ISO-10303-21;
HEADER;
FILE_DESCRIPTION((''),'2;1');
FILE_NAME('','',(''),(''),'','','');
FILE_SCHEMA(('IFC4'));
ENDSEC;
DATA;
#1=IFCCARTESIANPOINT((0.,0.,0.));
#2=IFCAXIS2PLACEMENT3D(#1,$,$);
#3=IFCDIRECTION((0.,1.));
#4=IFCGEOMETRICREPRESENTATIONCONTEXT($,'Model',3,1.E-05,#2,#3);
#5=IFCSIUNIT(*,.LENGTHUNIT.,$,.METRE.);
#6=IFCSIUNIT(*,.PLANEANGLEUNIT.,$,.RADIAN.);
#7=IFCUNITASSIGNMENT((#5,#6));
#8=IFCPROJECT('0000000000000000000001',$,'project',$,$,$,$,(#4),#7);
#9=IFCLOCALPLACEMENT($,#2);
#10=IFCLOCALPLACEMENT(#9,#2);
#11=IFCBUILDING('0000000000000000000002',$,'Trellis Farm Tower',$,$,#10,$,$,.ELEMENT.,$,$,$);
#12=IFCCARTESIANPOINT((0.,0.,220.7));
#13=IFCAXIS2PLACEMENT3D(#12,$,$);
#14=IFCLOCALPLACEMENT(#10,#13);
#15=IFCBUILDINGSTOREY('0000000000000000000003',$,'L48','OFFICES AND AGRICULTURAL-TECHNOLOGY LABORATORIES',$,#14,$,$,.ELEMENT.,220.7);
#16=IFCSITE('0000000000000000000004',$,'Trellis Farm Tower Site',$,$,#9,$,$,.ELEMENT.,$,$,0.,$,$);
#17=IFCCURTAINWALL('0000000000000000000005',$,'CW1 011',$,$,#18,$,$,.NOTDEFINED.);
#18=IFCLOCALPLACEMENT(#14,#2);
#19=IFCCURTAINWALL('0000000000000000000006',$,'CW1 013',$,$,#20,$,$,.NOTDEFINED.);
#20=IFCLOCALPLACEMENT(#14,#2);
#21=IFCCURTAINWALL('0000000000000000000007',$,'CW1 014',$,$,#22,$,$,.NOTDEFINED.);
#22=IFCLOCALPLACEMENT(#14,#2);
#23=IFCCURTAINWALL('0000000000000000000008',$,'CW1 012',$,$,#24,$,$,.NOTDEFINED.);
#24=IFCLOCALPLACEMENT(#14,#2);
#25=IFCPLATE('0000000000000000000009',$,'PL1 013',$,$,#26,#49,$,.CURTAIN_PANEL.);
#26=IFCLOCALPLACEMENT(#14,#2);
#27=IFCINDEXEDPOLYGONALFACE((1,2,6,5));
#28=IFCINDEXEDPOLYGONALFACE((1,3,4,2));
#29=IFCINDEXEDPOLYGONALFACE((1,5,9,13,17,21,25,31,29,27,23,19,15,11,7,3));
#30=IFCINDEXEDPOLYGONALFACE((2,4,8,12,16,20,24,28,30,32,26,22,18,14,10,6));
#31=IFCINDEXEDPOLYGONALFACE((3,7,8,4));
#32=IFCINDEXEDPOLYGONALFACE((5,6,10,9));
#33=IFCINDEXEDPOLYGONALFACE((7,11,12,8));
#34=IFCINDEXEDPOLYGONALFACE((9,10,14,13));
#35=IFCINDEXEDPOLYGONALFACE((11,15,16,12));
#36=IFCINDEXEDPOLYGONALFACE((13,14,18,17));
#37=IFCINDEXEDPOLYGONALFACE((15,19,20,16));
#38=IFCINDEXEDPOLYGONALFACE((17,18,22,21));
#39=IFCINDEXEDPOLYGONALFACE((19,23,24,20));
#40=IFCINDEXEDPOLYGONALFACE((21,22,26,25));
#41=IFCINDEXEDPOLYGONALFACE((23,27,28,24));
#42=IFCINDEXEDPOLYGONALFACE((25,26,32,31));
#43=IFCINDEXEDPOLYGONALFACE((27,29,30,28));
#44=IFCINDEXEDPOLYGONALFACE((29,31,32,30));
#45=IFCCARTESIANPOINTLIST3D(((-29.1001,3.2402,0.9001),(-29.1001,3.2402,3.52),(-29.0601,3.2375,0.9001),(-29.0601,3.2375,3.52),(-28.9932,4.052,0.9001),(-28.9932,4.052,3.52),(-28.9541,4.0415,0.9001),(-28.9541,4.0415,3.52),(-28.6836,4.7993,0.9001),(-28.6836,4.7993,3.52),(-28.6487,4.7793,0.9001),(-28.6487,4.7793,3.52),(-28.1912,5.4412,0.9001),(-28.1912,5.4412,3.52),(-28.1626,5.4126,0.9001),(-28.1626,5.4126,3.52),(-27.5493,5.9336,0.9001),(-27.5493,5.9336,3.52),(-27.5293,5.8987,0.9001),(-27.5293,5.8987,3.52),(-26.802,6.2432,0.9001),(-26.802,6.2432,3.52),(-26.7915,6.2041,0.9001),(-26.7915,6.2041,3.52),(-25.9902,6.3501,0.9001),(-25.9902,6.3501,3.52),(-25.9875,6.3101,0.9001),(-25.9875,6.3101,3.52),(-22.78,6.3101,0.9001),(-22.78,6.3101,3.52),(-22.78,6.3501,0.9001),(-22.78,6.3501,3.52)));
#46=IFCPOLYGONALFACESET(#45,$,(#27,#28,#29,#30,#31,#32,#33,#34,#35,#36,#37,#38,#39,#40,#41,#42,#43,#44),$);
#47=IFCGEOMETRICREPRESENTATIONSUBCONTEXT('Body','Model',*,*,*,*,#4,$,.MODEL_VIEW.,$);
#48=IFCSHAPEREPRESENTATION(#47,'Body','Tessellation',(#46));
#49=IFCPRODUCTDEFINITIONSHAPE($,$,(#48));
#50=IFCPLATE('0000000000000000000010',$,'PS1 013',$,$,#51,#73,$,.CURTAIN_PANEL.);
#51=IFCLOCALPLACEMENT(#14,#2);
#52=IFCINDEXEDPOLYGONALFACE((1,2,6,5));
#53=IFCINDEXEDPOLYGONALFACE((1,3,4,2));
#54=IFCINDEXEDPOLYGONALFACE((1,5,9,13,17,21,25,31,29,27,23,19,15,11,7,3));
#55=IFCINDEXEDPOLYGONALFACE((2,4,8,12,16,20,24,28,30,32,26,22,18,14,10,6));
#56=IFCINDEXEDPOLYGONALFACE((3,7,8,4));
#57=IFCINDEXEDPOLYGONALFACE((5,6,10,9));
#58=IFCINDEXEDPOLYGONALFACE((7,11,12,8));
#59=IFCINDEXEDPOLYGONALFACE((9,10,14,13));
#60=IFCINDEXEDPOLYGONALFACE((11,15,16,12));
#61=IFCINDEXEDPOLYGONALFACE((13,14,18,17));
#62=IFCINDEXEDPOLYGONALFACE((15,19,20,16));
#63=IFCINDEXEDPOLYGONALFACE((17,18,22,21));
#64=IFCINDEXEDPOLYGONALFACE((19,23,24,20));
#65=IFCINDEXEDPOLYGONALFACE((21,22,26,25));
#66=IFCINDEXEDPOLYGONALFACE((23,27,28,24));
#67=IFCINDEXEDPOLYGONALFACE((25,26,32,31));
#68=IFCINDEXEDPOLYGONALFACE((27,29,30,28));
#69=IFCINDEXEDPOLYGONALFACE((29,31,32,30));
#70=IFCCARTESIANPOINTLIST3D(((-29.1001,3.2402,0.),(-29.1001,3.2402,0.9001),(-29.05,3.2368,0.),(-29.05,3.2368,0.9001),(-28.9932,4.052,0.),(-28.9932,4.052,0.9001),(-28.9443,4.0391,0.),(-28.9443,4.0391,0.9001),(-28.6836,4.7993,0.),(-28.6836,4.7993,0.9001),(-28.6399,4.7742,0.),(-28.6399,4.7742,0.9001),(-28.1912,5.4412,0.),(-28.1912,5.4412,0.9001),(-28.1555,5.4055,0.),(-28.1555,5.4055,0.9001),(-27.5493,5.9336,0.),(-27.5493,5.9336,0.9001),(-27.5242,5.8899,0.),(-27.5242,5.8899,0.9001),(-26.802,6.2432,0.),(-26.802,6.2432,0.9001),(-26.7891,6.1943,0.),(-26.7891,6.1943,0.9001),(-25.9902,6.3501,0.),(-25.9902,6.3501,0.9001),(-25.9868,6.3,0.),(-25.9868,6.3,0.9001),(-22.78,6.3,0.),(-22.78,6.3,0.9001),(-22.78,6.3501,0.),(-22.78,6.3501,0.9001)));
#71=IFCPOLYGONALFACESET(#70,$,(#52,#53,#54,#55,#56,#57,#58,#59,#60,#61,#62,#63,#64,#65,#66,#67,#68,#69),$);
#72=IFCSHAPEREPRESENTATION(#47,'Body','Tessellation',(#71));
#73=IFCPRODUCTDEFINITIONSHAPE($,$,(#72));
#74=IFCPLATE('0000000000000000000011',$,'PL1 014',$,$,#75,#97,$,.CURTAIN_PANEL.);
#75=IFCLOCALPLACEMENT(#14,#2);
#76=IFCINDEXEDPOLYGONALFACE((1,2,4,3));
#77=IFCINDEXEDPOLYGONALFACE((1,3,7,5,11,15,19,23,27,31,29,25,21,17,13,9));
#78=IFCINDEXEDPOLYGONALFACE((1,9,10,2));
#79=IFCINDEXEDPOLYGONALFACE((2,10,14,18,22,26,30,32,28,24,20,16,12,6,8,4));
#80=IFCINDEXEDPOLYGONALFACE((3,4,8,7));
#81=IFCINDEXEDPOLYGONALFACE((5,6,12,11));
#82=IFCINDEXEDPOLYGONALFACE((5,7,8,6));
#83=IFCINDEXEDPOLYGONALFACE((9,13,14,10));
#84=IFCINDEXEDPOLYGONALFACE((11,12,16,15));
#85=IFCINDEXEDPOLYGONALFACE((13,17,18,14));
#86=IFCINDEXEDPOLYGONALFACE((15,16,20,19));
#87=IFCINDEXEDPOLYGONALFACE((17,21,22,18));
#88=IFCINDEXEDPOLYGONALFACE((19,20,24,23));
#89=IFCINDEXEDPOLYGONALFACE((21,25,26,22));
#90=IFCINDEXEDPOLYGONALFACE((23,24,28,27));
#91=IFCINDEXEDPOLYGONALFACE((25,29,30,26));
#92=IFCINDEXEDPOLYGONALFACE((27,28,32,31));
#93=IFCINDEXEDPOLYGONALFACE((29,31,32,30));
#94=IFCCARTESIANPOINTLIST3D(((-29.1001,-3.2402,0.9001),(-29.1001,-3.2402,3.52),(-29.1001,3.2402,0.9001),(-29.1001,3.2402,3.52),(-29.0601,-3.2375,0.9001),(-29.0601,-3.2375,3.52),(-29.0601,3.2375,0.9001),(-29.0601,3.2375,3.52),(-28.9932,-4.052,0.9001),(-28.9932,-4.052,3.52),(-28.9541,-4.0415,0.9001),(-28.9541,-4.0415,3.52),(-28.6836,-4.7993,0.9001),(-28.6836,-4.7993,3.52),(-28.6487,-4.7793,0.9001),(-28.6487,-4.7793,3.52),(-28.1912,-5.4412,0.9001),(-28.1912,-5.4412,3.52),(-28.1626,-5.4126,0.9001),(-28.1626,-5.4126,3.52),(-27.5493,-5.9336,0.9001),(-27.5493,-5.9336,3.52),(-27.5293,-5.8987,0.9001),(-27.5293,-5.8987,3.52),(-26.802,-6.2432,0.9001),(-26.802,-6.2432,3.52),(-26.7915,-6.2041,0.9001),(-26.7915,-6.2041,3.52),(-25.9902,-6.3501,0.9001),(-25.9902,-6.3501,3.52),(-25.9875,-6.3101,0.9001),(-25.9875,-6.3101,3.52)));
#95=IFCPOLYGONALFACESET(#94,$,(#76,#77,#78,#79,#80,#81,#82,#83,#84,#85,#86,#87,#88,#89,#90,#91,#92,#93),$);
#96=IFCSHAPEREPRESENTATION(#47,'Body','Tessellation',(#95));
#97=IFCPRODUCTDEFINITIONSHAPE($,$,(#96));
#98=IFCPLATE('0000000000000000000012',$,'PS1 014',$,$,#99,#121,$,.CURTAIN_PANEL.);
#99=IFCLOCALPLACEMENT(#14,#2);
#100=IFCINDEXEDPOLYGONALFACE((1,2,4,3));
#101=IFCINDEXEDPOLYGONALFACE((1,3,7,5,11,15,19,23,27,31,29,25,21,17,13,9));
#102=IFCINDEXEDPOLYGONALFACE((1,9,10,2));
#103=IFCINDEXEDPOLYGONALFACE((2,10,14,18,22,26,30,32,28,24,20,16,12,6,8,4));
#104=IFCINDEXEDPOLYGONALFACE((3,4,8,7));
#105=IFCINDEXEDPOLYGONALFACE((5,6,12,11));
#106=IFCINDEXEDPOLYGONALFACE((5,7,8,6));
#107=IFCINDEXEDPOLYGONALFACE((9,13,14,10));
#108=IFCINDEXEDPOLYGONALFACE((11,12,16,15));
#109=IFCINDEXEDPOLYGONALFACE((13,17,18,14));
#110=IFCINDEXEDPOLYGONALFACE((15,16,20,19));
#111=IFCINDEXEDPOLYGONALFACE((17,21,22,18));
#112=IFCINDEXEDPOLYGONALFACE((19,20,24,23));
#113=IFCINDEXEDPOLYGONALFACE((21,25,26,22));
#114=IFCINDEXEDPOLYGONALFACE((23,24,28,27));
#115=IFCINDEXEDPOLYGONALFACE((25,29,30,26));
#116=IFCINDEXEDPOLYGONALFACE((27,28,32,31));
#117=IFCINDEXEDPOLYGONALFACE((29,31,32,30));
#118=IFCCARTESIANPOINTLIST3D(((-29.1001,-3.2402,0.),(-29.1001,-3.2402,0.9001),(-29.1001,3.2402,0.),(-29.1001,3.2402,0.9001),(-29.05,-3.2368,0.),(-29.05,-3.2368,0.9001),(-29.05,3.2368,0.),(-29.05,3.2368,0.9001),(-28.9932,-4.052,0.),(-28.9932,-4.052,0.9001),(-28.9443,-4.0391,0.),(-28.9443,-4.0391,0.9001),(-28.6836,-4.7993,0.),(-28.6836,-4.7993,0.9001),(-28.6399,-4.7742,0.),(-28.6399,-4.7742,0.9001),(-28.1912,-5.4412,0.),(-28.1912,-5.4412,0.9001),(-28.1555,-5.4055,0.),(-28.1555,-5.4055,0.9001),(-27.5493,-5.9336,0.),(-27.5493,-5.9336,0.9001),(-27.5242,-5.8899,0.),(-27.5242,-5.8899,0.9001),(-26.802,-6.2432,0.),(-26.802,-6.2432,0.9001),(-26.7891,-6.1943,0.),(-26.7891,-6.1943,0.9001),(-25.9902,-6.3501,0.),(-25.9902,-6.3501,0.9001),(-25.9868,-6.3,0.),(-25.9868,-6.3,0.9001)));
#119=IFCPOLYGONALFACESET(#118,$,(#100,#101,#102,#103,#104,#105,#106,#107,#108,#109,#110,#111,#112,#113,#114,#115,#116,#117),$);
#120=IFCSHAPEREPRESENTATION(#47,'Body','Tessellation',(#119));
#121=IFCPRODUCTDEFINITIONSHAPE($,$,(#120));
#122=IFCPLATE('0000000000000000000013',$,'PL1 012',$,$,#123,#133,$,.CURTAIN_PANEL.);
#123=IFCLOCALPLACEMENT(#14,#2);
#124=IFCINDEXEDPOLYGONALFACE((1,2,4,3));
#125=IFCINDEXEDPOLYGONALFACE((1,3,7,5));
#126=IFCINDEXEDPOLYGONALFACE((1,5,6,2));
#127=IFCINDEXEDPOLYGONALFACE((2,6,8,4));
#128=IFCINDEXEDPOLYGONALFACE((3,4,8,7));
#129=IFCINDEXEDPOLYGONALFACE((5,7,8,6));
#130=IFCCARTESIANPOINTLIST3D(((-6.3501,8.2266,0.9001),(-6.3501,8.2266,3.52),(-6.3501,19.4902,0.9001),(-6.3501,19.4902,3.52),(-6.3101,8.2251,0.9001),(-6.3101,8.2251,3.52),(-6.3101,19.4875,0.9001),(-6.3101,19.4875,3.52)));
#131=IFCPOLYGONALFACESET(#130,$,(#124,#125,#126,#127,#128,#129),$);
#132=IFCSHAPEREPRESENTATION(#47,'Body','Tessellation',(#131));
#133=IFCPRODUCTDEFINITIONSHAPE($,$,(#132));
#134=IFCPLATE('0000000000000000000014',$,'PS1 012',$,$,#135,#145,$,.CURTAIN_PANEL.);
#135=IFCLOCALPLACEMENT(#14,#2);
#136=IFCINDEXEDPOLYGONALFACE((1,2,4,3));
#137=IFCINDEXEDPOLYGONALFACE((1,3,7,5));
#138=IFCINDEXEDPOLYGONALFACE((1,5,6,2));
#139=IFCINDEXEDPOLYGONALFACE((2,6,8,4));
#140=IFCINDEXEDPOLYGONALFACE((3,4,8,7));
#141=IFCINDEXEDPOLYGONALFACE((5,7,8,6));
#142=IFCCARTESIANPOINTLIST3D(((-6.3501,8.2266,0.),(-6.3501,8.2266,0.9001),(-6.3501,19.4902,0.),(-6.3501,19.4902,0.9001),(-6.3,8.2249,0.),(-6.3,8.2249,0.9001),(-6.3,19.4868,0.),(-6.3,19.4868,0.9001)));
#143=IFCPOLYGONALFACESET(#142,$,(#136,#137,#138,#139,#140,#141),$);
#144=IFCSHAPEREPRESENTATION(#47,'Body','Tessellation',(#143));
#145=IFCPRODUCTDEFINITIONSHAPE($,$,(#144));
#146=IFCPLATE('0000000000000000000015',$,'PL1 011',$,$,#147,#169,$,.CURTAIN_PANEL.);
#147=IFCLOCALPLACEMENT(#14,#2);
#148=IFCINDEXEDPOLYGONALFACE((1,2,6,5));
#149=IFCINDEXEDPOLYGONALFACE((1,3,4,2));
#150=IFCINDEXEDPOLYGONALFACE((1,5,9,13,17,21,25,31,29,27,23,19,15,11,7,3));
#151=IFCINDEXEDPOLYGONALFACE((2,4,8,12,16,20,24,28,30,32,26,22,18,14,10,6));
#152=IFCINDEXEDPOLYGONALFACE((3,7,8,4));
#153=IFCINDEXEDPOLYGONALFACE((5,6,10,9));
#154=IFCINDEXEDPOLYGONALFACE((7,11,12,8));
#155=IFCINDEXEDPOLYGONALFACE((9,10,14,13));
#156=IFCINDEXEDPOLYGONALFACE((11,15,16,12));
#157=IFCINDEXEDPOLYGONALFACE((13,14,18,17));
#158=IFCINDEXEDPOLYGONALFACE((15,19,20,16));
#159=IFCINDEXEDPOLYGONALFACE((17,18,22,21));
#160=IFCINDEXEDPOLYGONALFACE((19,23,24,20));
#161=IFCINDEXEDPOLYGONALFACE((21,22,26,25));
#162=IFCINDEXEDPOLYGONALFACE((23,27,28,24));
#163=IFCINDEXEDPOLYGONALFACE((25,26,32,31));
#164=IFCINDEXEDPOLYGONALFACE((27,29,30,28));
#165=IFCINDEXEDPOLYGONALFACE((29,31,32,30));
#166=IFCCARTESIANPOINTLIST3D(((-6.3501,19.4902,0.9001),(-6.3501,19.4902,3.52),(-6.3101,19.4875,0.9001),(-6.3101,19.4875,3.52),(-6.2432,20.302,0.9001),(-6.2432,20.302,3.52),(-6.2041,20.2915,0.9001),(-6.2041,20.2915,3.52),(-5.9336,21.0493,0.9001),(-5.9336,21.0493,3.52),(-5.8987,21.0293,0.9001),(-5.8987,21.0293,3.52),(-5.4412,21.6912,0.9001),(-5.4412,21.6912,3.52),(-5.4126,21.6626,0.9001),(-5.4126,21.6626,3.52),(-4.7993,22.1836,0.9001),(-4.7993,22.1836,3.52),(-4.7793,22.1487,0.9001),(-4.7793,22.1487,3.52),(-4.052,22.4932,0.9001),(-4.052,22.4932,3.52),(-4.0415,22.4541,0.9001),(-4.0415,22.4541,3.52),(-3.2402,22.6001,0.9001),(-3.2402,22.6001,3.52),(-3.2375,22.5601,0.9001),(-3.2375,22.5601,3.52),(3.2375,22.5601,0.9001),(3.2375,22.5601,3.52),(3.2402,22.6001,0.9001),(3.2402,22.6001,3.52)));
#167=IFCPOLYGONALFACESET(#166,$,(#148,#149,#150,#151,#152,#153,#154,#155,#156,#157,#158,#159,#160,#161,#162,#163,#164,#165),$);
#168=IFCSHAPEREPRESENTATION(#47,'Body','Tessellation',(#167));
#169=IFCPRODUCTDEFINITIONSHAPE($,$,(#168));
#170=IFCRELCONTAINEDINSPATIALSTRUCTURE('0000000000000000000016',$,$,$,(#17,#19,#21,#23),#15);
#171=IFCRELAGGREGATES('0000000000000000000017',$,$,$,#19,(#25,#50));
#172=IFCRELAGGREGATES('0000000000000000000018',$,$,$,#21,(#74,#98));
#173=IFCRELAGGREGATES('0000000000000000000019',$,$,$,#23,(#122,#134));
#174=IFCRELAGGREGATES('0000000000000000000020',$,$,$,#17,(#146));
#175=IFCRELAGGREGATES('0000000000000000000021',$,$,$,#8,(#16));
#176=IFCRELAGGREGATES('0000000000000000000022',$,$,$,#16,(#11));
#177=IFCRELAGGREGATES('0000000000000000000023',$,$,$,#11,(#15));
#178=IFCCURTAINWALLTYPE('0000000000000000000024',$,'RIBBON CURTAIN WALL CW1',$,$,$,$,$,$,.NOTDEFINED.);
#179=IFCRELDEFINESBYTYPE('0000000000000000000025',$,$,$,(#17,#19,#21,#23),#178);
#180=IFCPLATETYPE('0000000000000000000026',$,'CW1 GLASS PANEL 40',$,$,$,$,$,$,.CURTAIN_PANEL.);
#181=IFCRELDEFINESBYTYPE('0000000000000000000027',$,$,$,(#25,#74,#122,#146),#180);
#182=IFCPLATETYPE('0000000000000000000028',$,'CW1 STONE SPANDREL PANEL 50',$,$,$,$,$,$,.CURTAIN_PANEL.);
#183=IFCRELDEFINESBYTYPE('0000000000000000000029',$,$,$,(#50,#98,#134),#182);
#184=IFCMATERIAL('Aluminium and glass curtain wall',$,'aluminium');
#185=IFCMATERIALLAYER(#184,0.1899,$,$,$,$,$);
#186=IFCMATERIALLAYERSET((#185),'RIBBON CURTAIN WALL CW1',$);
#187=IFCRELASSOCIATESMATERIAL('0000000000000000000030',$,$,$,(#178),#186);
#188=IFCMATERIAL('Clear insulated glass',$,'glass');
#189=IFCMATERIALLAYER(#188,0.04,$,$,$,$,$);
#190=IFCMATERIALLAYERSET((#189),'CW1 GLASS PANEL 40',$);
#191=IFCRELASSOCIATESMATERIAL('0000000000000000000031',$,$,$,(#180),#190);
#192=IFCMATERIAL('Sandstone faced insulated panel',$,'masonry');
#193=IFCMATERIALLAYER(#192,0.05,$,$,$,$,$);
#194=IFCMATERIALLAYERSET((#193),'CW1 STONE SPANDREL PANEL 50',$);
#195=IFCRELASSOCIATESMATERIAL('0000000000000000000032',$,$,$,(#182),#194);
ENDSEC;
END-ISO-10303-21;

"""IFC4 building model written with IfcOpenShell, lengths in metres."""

from ifc_helpers import new_model, si_unit, direction, frame, origin, place, context, subcontext, project, spatial, polyline, outline, extrude, source, transform, mapped, material, layer, layer_set, type_object, element, aggregate, save


model = new_model("IFC4")

# Units and contexts
model_context = context("Model", 3, precision=1e-05, world=origin(), true_north=direction((0.0, 1.0)))
body_context = subcontext(model_context, "Body", "Model", "MODEL_VIEW")
ifc_project = project(units=[si_unit("LENGTHUNIT", "METRE"), si_unit("PLANEANGLEUNIT", "RADIAN")], contexts=[model_context])

# Site, building, storey
site_placement = place(None, origin())
site = spatial("IfcSite", under=ifc_project, at=site_placement, Name="Trellis Farm Tower Site", CompositionType="ELEMENT", RefElevation=0.0)
building_placement = place(site_placement, origin())
building = spatial("IfcBuilding", under=site, at=building_placement, Name="Trellis Farm Tower", CompositionType="ELEMENT")
storey_placement = place(building_placement, frame((0.0, 0.0, 220.7)))
storey = spatial("IfcBuildingStorey", under=building, at=storey_placement, Name="L48", Description="OFFICES AND AGRICULTURAL-TECHNOLOGY LABORATORIES", CompositionType="ELEMENT", Elevation=220.7)

# Curtain walls
ifc_material_1 = material(Name="Aluminium and glass curtain wall", Category="aluminium")
placement_1 = place(storey_placement, origin())
ifc_layer_1 = layer(ifc_material_1, 0.1899)
ifc_layer_set_1 = layer_set([ifc_layer_1], Name="RIBBON CURTAIN WALL CW1")
curtain_wall_type_1 = type_object("IfcCurtainWallType", Name="RIBBON CURTAIN WALL CW1", PredefinedType="NOTDEFINED", material=ifc_layer_set_1)
curtain_wall_1 = element("IfcCurtainWall", 1, at=placement_1, inside=storey, type_object=curtain_wall_type_1, Name="CW1 011", PredefinedType="NOTDEFINED")
curtain_wall_2 = element("IfcCurtainWall", 2, at=placement_1, inside=storey, type_object=curtain_wall_type_1, Name="CW1 013", PredefinedType="NOTDEFINED")
curtain_wall_3 = element("IfcCurtainWall", 3, at=placement_1, inside=storey, type_object=curtain_wall_type_1, Name="CW1 014", PredefinedType="NOTDEFINED")

# Curtain wall
curtain_wall_4 = element("IfcCurtainWall", 4, at=placement_1, inside=storey, type_object=curtain_wall_type_1, Name="CW1 012", PredefinedType="NOTDEFINED")

# Plates
ifc_material_2 = material(Name="Clear insulated glass", Category="glass")
ifc_layer_2 = layer(ifc_material_2, 0.04)
ifc_layer_set_2 = layer_set([ifc_layer_2], Name="CW1 GLASS PANEL 40")
plate_type_1 = type_object("IfcPlateType", Name="CW1 GLASS PANEL 40", PredefinedType="CURTAIN_PANEL", material=ifc_layer_set_2)
shared_shape_1 = source(origin(), body_context, "Body", "SweptSolid", [
    extrude(outline(polyline([(-22.78, 6.3501), (-25.9902, 6.3501), (-26.802, 6.2432), (-27.5493, 5.9336), (-28.1912, 5.4412), (-28.6836, 4.7993), (-28.9932, 4.052), (-29.1001, 3.2402), (-29.0601, 3.2375), (-28.9541, 4.0415), (-28.6487, 4.7793), (-28.1626, 5.4126), (-27.5293, 5.8987), (-26.7915, 6.2041), (-25.9875, 6.3101), (-22.78, 6.3101), (-22.78, 6.3501)])), origin(), (0.0, 0.0, 1.0), 2.6199),
])
placement_2 = place(storey_placement, frame((0.0, 0.0, 0.9001)))
plate_1 = element("IfcPlate", 5, at=placement_2, type_object=plate_type_1, Name="PL1 013", PredefinedType="CURTAIN_PANEL", context=body_context, shape_type="MappedRepresentation", body=[
    mapped(shared_shape_1, transform((0.0, 0.0, 0.0))),
])
ifc_material_3 = material(Name="Sandstone faced insulated panel", Category="masonry")
ifc_layer_3 = layer(ifc_material_3, 0.05)
ifc_layer_set_3 = layer_set([ifc_layer_3], Name="CW1 STONE SPANDREL PANEL 50")
plate_type_2 = type_object("IfcPlateType", Name="CW1 STONE SPANDREL PANEL 50", PredefinedType="CURTAIN_PANEL", material=ifc_layer_set_3)
shared_shape_2 = source(origin(), body_context, "Body", "SweptSolid", [
    extrude(outline(polyline([(-22.78, 6.3501), (-25.9902, 6.3501), (-26.802, 6.2432), (-27.5493, 5.9336), (-28.1912, 5.4412), (-28.6836, 4.7993), (-28.9932, 4.052), (-29.1001, 3.2402), (-29.05, 3.2368), (-28.9443, 4.0391), (-28.6399, 4.7742), (-28.1555, 5.4055), (-27.5242, 5.8899), (-26.7891, 6.1943), (-25.9868, 6.3), (-22.78, 6.3), (-22.78, 6.3501)])), origin(), (0.0, 0.0, 1.0), 0.9001),
])
plate_2 = element("IfcPlate", 6, at=placement_1, type_object=plate_type_2, Name="PS1 013", PredefinedType="CURTAIN_PANEL", context=body_context, shape_type="MappedRepresentation", body=[
    mapped(shared_shape_2, transform((0.0, 0.0, 0.0))),
])
aggregate(curtain_wall_2, [plate_1, plate_2])
shared_shape_3 = source(origin(), body_context, "Body", "SweptSolid", [
    extrude(outline(polyline([(-29.1001, 3.2402), (-29.1001, -3.2402), (-28.9932, -4.052), (-28.6836, -4.7993), (-28.1912, -5.4412), (-27.5493, -5.9336), (-26.802, -6.2432), (-25.9902, -6.3501), (-25.9875, -6.3101), (-26.7915, -6.2041), (-27.5293, -5.8987), (-28.1626, -5.4126), (-28.6487, -4.7793), (-28.9541, -4.0415), (-29.0601, -3.2375), (-29.0601, 3.2375), (-29.1001, 3.2402)])), origin(), (0.0, 0.0, 1.0), 2.6199),
])
plate_3 = element("IfcPlate", 7, at=placement_2, type_object=plate_type_1, Name="PL1 014", PredefinedType="CURTAIN_PANEL", context=body_context, shape_type="MappedRepresentation", body=[
    mapped(shared_shape_3, transform((0.0, 0.0, 0.0))),
])
shared_shape_4 = source(origin(), body_context, "Body", "SweptSolid", [
    extrude(outline(polyline([(-29.1001, 3.2402), (-29.1001, -3.2402), (-28.9932, -4.052), (-28.6836, -4.7993), (-28.1912, -5.4412), (-27.5493, -5.9336), (-26.802, -6.2432), (-25.9902, -6.3501), (-25.9868, -6.3), (-26.7891, -6.1943), (-27.5242, -5.8899), (-28.1555, -5.4055), (-28.6399, -4.7742), (-28.9443, -4.0391), (-29.05, -3.2368), (-29.05, 3.2368), (-29.1001, 3.2402)])), origin(), (0.0, 0.0, 1.0), 0.9001),
])
plate_4 = element("IfcPlate", 8, at=placement_1, type_object=plate_type_2, Name="PS1 014", PredefinedType="CURTAIN_PANEL", context=body_context, shape_type="MappedRepresentation", body=[
    mapped(shared_shape_4, transform((0.0, 0.0, 0.0))),
])
aggregate(curtain_wall_3, [plate_3, plate_4])
shared_shape_5 = source(origin(), body_context, "Body", "SweptSolid", [
    extrude(outline(polyline([(-6.3501, 19.4902), (-6.3501, 8.2266), (-6.3101, 8.2251), (-6.3101, 19.4875), (-6.3501, 19.4902)])), origin(), (0.0, 0.0, 1.0), 2.6199),
])
plate_5 = element("IfcPlate", 9, at=placement_2, type_object=plate_type_1, Name="PL1 012", PredefinedType="CURTAIN_PANEL", context=body_context, shape_type="MappedRepresentation", body=[
    mapped(shared_shape_5, transform((0.0, 0.0, 0.0))),
])
shared_shape_6 = source(origin(), body_context, "Body", "SweptSolid", [
    extrude(outline(polyline([(-6.3501, 19.4902), (-6.3501, 8.2266), (-6.3, 8.2249), (-6.3, 19.4868), (-6.3501, 19.4902)])), origin(), (0.0, 0.0, 1.0), 0.9001),
])
plate_6 = element("IfcPlate", 10, at=placement_1, type_object=plate_type_2, Name="PS1 012", PredefinedType="CURTAIN_PANEL", context=body_context, shape_type="MappedRepresentation", body=[
    mapped(shared_shape_6, transform((0.0, 0.0, 0.0))),
])
aggregate(curtain_wall_4, [plate_5, plate_6])
shared_shape_7 = source(origin(), body_context, "Body", "SweptSolid", [
    extrude(outline(polyline([(3.2402, 22.6001), (-3.2402, 22.6001), (-4.052, 22.4932), (-4.7993, 22.1836), (-5.4412, 21.6912), (-5.9336, 21.0493), (-6.2432, 20.302), (-6.3501, 19.4902), (-6.3101, 19.4875), (-6.2041, 20.2915), (-5.8987, 21.0293), (-5.4126, 21.6626), (-4.7793, 22.1487), (-4.0415, 22.4541), (-3.2375, 22.5601), (3.2375, 22.5601), (3.2402, 22.6001)])), origin(), (0.0, 0.0, 1.0), 2.6199),
])
plate_7 = element("IfcPlate", 11, at=placement_2, type_object=plate_type_1, Name="PL1 011", PredefinedType="CURTAIN_PANEL", context=body_context, shape_type="MappedRepresentation", body=[
    mapped(shared_shape_7, transform((0.0, 0.0, 0.0))),
])
aggregate(curtain_wall_1, [plate_7])

save(model, "model.ifc")
